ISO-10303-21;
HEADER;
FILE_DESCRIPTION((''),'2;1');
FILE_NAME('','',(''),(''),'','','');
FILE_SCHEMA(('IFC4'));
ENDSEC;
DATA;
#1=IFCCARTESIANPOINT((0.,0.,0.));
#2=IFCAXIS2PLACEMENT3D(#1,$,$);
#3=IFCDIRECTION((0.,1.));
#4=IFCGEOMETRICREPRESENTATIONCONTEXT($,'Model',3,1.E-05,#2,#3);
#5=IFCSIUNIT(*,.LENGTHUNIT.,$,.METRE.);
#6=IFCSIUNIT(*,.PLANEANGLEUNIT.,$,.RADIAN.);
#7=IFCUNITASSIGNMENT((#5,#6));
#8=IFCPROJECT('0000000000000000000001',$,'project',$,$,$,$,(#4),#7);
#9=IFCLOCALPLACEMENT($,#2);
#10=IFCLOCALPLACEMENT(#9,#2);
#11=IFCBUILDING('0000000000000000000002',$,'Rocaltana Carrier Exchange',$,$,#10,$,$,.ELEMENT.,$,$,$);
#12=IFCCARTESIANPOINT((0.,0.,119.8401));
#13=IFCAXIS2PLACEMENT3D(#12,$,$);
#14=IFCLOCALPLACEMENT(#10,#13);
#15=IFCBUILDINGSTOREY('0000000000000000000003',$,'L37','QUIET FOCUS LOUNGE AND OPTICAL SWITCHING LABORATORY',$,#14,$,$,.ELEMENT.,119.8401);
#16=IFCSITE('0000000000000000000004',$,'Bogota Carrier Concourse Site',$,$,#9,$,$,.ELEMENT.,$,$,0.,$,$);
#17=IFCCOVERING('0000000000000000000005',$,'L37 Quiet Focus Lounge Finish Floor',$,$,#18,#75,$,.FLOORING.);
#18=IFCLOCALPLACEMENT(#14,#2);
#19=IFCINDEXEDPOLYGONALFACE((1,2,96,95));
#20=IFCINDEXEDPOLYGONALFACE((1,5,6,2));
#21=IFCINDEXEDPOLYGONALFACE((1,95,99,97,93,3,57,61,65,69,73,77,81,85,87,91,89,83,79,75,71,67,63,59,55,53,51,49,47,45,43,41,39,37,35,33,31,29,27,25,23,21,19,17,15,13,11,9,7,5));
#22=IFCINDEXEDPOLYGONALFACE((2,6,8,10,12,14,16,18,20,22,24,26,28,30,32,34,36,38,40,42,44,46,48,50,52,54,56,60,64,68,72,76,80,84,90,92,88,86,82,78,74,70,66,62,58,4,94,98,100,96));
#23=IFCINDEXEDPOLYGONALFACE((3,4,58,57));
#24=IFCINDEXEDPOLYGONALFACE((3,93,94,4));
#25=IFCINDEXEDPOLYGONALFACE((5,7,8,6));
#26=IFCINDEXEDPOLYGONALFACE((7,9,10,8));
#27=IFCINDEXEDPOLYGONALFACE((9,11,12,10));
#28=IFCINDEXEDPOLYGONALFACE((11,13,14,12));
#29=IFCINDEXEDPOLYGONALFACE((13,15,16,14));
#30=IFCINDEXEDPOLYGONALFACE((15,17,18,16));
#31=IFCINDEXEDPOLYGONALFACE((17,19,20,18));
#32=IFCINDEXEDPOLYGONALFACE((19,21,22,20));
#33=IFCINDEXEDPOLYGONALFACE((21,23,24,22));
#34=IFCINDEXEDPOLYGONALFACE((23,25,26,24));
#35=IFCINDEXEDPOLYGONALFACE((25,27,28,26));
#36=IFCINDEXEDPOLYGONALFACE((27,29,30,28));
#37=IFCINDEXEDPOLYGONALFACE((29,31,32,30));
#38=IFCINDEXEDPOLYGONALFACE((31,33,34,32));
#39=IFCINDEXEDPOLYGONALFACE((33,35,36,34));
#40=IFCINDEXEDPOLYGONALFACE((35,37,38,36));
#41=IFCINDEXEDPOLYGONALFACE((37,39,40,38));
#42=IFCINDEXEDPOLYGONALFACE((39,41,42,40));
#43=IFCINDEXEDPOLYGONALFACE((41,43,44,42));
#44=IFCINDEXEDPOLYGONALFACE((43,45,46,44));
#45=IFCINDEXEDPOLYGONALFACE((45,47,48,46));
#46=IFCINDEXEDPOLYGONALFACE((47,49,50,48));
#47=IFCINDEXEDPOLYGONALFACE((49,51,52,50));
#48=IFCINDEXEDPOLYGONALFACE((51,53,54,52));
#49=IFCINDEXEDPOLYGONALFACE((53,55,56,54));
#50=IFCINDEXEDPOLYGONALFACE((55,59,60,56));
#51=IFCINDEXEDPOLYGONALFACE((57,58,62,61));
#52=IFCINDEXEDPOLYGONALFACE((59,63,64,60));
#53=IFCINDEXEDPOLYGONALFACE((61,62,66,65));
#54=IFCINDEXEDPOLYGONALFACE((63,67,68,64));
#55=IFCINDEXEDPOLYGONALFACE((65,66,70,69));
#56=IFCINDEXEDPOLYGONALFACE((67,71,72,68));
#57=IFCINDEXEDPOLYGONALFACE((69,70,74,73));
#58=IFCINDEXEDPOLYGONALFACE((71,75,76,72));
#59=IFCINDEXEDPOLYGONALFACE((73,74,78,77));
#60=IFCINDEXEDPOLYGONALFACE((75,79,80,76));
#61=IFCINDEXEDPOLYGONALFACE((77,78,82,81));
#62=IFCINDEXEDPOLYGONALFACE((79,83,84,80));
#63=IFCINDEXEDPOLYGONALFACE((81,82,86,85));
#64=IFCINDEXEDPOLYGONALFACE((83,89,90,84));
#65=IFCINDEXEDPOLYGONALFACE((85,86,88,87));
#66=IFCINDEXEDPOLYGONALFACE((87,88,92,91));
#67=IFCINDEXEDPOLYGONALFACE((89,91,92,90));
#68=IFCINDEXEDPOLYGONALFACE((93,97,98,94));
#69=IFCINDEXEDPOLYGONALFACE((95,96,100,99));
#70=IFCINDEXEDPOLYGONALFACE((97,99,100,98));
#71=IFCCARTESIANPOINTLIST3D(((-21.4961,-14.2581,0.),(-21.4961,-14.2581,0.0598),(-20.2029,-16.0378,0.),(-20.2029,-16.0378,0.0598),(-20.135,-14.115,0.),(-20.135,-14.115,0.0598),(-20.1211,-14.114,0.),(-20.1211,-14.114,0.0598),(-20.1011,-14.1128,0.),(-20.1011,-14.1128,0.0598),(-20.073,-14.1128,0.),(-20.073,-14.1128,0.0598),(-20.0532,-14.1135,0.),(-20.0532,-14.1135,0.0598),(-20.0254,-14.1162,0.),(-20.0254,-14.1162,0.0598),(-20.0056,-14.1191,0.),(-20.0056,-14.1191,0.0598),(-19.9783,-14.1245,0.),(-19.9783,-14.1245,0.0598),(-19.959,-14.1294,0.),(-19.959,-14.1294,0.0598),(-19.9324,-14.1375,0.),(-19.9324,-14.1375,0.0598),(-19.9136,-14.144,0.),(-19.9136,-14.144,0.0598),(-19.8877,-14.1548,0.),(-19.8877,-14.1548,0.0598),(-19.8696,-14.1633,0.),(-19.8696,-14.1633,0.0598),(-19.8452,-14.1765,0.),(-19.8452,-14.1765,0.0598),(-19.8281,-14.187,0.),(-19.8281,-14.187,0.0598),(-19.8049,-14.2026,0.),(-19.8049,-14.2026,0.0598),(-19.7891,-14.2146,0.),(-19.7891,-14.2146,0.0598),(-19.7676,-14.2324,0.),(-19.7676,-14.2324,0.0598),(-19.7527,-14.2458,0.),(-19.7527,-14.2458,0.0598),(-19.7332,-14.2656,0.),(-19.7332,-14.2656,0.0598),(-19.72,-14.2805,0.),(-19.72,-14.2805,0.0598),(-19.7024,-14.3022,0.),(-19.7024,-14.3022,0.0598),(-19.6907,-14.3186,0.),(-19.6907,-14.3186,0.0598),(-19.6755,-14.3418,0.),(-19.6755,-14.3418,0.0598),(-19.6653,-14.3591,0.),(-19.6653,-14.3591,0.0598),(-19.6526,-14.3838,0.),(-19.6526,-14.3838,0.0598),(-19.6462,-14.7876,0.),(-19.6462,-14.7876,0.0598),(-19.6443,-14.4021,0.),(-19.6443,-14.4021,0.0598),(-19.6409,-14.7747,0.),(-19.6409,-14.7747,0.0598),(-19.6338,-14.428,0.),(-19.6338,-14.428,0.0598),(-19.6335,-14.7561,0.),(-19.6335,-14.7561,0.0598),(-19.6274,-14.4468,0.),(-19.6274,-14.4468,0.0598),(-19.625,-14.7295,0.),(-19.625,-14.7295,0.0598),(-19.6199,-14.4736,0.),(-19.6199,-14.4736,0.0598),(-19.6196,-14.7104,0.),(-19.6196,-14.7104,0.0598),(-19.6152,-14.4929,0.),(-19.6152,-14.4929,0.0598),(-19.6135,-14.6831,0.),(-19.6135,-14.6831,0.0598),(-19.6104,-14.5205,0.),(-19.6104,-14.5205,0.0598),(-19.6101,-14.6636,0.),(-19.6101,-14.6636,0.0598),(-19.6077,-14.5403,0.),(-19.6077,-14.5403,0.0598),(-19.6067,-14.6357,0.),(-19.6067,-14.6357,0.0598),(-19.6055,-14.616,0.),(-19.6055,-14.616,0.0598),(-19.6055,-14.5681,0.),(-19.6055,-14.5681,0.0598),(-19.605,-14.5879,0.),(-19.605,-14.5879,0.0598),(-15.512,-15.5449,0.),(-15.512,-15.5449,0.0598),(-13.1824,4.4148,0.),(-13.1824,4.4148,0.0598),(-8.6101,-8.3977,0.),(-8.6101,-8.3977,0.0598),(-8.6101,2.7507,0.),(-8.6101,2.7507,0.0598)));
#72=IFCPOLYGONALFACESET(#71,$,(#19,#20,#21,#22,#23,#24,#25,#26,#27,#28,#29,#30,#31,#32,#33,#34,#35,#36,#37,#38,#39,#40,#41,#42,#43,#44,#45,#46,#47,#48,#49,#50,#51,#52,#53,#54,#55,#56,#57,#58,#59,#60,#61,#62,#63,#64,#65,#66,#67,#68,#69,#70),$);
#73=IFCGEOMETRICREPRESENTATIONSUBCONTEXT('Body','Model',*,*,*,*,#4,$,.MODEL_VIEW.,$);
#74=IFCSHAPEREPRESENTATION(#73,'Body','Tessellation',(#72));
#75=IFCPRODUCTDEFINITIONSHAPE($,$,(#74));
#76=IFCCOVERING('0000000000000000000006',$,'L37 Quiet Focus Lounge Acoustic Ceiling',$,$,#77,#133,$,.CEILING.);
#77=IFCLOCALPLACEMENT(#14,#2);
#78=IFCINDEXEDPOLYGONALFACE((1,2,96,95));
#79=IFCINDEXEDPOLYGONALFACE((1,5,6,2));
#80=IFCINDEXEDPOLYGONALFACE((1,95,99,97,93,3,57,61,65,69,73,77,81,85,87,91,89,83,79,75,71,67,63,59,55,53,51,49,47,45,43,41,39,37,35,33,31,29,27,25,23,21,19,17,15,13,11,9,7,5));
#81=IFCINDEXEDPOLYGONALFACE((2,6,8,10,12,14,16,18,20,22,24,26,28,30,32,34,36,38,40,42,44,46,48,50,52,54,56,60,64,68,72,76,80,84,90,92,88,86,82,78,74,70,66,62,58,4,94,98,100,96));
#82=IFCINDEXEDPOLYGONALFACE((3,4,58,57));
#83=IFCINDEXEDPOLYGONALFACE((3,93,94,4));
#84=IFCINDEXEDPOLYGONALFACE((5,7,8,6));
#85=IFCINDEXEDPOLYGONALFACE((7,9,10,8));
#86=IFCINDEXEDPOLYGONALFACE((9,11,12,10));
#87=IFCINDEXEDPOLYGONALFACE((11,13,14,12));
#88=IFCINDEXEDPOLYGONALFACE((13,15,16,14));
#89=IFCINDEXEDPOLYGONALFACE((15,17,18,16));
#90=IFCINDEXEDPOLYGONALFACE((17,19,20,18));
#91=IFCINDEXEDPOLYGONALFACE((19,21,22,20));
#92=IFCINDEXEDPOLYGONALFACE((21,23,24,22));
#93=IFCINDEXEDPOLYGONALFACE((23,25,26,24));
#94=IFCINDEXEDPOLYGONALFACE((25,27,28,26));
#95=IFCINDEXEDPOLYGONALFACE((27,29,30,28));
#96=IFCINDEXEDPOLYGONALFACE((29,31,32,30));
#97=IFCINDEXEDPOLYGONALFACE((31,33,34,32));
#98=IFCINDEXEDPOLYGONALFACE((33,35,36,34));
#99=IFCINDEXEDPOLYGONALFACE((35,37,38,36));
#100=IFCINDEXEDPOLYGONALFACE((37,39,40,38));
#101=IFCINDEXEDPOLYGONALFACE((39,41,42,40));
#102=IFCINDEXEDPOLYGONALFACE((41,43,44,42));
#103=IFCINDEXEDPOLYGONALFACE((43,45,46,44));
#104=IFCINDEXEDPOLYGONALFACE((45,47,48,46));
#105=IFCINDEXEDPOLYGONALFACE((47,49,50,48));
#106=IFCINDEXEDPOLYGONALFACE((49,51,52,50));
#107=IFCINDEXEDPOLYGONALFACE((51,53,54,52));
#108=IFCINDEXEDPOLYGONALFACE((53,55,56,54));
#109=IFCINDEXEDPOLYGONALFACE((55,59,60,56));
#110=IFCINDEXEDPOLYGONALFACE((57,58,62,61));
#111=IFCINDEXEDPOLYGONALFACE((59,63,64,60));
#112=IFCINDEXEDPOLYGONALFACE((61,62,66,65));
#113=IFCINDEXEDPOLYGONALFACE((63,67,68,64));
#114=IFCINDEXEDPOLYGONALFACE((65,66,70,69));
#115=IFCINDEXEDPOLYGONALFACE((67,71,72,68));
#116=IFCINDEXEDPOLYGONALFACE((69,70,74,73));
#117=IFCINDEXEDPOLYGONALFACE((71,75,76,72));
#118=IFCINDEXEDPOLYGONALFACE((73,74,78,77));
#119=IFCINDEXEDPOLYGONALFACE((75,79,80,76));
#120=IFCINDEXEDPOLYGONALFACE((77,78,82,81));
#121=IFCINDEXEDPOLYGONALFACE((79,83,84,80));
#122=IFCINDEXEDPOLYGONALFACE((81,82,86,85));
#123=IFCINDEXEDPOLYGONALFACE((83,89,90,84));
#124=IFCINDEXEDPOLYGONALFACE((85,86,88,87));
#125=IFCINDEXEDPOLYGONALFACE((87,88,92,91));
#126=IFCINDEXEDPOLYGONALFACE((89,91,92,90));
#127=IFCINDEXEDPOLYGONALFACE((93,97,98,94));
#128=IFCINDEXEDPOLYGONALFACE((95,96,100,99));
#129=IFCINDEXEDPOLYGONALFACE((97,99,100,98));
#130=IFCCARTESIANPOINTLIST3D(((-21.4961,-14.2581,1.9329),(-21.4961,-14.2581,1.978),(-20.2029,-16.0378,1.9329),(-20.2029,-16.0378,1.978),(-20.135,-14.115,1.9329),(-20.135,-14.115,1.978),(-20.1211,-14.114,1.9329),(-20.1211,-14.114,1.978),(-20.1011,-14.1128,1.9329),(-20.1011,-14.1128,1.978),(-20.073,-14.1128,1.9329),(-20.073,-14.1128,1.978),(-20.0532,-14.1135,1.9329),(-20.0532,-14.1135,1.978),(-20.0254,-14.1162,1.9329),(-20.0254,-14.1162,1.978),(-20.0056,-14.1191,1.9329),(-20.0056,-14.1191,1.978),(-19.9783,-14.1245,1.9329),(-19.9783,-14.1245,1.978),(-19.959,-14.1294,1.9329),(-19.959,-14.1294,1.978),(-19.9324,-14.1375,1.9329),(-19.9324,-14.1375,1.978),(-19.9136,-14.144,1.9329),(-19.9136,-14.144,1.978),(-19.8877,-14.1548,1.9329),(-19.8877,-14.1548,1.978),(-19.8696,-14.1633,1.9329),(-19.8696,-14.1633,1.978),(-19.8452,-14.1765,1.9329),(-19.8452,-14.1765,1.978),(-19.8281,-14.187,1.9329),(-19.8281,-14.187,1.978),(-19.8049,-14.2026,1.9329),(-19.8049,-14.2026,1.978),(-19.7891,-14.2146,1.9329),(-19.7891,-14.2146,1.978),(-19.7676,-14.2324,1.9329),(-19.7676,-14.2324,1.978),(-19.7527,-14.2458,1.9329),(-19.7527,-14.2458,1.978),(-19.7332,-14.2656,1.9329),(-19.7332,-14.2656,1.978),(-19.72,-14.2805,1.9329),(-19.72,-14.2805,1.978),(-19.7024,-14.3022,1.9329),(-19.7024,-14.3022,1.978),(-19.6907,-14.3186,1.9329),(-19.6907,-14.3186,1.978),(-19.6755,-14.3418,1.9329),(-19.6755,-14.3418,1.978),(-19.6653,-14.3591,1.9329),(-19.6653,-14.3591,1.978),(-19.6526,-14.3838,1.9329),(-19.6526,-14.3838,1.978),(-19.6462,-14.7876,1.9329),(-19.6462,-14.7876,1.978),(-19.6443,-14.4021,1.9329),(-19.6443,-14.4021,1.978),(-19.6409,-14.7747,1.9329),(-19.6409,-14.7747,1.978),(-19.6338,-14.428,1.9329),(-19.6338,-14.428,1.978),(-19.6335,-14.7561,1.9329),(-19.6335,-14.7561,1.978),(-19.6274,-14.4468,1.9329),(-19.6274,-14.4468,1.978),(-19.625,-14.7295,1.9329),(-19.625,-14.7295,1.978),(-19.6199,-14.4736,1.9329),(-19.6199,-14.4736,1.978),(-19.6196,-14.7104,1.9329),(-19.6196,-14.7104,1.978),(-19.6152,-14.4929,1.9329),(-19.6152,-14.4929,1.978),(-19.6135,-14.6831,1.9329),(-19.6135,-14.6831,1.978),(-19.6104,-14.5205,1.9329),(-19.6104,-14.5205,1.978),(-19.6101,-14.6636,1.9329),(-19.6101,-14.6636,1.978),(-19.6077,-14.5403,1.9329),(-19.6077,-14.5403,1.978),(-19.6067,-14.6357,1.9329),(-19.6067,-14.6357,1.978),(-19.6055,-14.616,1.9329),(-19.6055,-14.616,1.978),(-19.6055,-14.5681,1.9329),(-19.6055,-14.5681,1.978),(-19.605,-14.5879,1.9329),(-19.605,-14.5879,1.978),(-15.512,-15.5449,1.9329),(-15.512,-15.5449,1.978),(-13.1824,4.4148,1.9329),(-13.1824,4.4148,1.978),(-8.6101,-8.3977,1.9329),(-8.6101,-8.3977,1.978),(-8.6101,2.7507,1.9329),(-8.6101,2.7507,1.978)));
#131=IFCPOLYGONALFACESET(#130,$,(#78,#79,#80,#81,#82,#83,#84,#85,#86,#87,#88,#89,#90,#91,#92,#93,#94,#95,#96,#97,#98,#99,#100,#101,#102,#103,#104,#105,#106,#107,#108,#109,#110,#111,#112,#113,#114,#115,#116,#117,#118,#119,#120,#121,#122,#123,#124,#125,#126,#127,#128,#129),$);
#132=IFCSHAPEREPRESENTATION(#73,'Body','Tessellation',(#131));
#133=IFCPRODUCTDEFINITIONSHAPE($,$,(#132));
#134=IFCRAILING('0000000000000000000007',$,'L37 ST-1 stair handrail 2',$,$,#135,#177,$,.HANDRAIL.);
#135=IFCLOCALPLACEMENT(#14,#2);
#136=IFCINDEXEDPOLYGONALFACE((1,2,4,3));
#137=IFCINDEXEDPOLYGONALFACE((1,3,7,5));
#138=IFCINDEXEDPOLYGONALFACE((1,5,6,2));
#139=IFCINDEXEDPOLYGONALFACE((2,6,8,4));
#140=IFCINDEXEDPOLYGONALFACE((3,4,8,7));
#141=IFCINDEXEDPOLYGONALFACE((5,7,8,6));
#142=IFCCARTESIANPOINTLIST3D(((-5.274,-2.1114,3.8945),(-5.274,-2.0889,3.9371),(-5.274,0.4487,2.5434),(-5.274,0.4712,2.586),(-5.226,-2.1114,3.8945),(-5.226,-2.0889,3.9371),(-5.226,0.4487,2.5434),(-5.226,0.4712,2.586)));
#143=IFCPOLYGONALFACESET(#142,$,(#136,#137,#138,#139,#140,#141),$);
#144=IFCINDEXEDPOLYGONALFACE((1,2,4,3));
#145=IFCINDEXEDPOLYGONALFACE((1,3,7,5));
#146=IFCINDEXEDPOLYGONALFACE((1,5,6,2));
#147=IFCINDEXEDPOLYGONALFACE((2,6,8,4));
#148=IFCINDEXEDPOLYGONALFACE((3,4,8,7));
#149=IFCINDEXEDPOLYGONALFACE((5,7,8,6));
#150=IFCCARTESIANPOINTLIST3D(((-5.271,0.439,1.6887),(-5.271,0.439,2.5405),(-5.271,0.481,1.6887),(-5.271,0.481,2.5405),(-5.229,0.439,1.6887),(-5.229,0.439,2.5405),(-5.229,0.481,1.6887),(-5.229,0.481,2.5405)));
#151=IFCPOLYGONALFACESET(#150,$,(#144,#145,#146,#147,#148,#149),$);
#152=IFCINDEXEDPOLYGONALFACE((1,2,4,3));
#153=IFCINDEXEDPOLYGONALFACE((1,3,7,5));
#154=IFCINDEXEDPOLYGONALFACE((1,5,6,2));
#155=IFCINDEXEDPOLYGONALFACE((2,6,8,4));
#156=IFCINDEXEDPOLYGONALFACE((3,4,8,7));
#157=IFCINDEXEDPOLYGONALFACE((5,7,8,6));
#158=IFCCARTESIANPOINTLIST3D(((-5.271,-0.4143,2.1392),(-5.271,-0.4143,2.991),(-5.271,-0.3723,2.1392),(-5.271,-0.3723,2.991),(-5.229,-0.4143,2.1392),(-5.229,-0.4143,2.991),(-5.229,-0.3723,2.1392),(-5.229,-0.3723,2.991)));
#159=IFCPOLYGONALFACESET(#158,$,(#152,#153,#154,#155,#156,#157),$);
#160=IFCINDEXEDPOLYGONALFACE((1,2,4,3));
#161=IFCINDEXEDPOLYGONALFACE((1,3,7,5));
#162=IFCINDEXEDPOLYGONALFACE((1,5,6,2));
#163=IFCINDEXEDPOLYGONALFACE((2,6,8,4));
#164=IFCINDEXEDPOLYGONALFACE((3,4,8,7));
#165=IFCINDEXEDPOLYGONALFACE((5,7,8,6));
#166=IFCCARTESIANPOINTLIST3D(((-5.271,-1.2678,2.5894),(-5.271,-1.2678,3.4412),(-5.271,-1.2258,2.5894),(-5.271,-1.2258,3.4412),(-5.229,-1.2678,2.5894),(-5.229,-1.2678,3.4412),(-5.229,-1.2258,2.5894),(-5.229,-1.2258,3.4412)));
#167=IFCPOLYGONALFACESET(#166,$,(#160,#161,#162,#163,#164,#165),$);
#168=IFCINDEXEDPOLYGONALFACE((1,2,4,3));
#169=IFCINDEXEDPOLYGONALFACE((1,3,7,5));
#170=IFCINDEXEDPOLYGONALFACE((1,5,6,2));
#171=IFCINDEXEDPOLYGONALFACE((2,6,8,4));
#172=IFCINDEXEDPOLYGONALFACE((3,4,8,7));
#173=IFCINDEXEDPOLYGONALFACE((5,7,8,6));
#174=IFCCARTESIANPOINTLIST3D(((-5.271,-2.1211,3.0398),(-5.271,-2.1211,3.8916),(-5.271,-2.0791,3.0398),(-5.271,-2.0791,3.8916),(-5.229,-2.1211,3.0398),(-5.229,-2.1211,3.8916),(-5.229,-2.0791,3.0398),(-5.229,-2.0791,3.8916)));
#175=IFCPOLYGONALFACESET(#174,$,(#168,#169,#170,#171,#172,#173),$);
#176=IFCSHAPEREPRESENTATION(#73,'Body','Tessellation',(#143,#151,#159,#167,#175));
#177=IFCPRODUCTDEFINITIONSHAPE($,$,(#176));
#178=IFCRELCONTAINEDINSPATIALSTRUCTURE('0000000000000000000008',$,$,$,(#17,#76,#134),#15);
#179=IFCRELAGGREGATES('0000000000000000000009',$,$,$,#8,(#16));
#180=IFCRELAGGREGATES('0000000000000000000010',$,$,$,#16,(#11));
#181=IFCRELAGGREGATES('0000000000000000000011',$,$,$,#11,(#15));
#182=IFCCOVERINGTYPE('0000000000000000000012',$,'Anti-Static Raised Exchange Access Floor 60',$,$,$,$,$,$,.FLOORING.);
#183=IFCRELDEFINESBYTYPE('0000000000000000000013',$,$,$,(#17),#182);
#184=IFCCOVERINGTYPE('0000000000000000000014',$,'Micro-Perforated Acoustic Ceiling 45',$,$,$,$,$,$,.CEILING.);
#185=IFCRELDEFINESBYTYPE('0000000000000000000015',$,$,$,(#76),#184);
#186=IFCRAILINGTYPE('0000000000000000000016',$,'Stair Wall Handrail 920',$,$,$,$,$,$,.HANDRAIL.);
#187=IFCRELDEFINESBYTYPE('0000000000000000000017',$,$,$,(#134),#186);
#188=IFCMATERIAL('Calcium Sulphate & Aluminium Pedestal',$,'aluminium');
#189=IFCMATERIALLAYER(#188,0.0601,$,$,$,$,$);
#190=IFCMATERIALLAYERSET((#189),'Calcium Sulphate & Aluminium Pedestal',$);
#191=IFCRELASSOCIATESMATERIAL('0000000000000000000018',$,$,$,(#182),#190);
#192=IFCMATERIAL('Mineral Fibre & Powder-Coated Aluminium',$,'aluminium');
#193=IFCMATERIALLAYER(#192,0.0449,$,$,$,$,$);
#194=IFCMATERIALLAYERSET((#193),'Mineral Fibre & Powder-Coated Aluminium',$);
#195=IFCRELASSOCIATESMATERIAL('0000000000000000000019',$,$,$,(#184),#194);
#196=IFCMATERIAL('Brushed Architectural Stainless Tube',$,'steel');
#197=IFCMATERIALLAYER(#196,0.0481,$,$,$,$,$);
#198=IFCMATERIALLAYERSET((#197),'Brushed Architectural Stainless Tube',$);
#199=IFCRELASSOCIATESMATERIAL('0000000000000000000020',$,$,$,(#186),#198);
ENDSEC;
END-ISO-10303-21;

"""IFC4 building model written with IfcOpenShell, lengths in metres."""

from ifc_helpers import new_model, si_unit, direction, frame, origin, origin_2d, place, context, subcontext, project, spatial, polyline, rectangle, outline, extrude, material, layer, layer_set, type_object, element, save


model = new_model("IFC4")

# Units and contexts
model_context = context("Model", 3, precision=1e-05, world=origin(), true_north=direction((0.0, 1.0)))
body_context = subcontext(model_context, "Body", "Model", "MODEL_VIEW")
ifc_project = project(units=[si_unit("LENGTHUNIT", "METRE"), si_unit("PLANEANGLEUNIT", "RADIAN")], contexts=[model_context])

# Site, building, storey
site_placement = place(None, origin())
site = spatial("IfcSite", under=ifc_project, at=site_placement, Name="Bogota Carrier Concourse Site", CompositionType="ELEMENT", RefElevation=0.0)
building_placement = place(site_placement, origin())
building = spatial("IfcBuilding", under=site, at=building_placement, Name="Rocaltana Carrier Exchange", CompositionType="ELEMENT")
storey_placement = place(building_placement, frame((0.0, 0.0, 119.8401)))
storey = spatial("IfcBuildingStorey", under=building, at=storey_placement, Name="L37", Description="QUIET FOCUS LOUNGE AND OPTICAL SWITCHING LABORATORY", CompositionType="ELEMENT", Elevation=119.8401)

# Coverings
ifc_material_1 = material(Name="Calcium Sulphate & Aluminium Pedestal", Category="aluminium")
ifc_layer_1 = layer(ifc_material_1, 0.0601)
ifc_layer_set_1 = layer_set([ifc_layer_1], Name="Calcium Sulphate & Aluminium Pedestal")
covering_type_1 = type_object("IfcCoveringType", Name="Anti-Static Raised Exchange Access Floor 60", PredefinedType="FLOORING", material=ifc_layer_set_1)
covering_1_placement = place(storey_placement, origin())
element("IfcCovering", 1, at=covering_1_placement, inside=storey, type_object=covering_type_1, Name="L37 Quiet Focus Lounge Finish Floor", PredefinedType="FLOORING", context=body_context, shape_type="SweptSolid", body=[
    extrude(outline(polyline([(-19.6462, -14.7876), (-19.6409, -14.7747), (-19.6335, -14.7561), (-19.625, -14.7295), (-19.6196, -14.7104), (-19.6135, -14.6831), (-19.6101, -14.6636), (-19.6067, -14.6357), (-19.6055, -14.616), (-19.605, -14.5879), (-19.6055, -14.5681), (-19.6077, -14.5403), (-19.6104, -14.5205), (-19.6152, -14.4929), (-19.6199, -14.4736), (-19.6274, -14.4468), (-19.6338, -14.428), (-19.6443, -14.4021), (-19.6526, -14.3838), (-19.6653, -14.3591), (-19.6755, -14.3418), (-19.6907, -14.3186), (-19.7024, -14.3022), (-19.72, -14.2805), (-19.7332, -14.2656), (-19.7527, -14.2458), (-19.7676, -14.2324), (-19.7891, -14.2146), (-19.8049, -14.2026), (-19.8281, -14.187), (-19.8452, -14.1765), (-19.8696, -14.1633), (-19.8877, -14.1548), (-19.9136, -14.144), (-19.9324, -14.1375), (-19.959, -14.1294), (-19.9783, -14.1245), (-20.0056, -14.1191), (-20.0254, -14.1162), (-20.0532, -14.1135), (-20.073, -14.1128), (-20.1011, -14.1128), (-20.1211, -14.114), (-20.135, -14.115), (-21.4961, -14.2581), (-13.1824, 4.4148), (-8.6101, 2.7507), (-8.6101, -8.3977), (-15.512, -15.5449), (-20.2029, -16.0378), (-19.6462, -14.7876)])), origin(), (0.0, 0.0, 1.0), 0.0598),
])
ifc_material_2 = material(Name="Mineral Fibre & Powder-Coated Aluminium", Category="aluminium")
ifc_layer_2 = layer(ifc_material_2, 0.0449)
ifc_layer_set_2 = layer_set([ifc_layer_2], Name="Mineral Fibre & Powder-Coated Aluminium")
covering_type_2 = type_object("IfcCoveringType", Name="Micro-Perforated Acoustic Ceiling 45", PredefinedType="CEILING", material=ifc_layer_set_2)
covering_2_placement = place(storey_placement, frame((0.0, 0.0, 1.9329)))
element("IfcCovering", 2, at=covering_2_placement, inside=storey, type_object=covering_type_2, Name="L37 Quiet Focus Lounge Acoustic Ceiling", PredefinedType="CEILING", context=body_context, shape_type="SweptSolid", body=[
    extrude(outline(polyline([(-19.6462, -14.7876), (-19.6409, -14.7747), (-19.6335, -14.7561), (-19.625, -14.7295), (-19.6196, -14.7104), (-19.6135, -14.6831), (-19.6101, -14.6636), (-19.6067, -14.6357), (-19.6055, -14.616), (-19.605, -14.5879), (-19.6055, -14.5681), (-19.6077, -14.5403), (-19.6104, -14.5205), (-19.6152, -14.4929), (-19.6199, -14.4736), (-19.6274, -14.4468), (-19.6338, -14.428), (-19.6443, -14.4021), (-19.6526, -14.3838), (-19.6653, -14.3591), (-19.6755, -14.3418), (-19.6907, -14.3186), (-19.7024, -14.3022), (-19.72, -14.2805), (-19.7332, -14.2656), (-19.7527, -14.2458), (-19.7676, -14.2324), (-19.7891, -14.2146), (-19.8049, -14.2026), (-19.8281, -14.187), (-19.8452, -14.1765), (-19.8696, -14.1633), (-19.8877, -14.1548), (-19.9136, -14.144), (-19.9324, -14.1375), (-19.959, -14.1294), (-19.9783, -14.1245), (-20.0056, -14.1191), (-20.0254, -14.1162), (-20.0532, -14.1135), (-20.073, -14.1128), (-20.1011, -14.1128), (-20.1211, -14.114), (-20.135, -14.115), (-21.4961, -14.2581), (-13.1824, 4.4148), (-8.6101, 2.7507), (-8.6101, -8.3977), (-15.512, -15.5449), (-20.2029, -16.0378), (-19.6462, -14.7876)])), origin(), (0.0, 0.0, 1.0), 0.0452),
])

# Railing
ifc_material_3 = material(Name="Brushed Architectural Stainless Tube", Category="steel")
ifc_layer_3 = layer(ifc_material_3, 0.0481)
ifc_layer_set_3 = layer_set([ifc_layer_3], Name="Brushed Architectural Stainless Tube")
railing_type_1 = type_object("IfcRailingType", Name="Stair Wall Handrail 920", PredefinedType="HANDRAIL", material=ifc_layer_set_3)
railing_1_placement = place(storey_placement, frame((-5.25, 0.46, 1.6887)))
element("IfcRailing", 3, at=railing_1_placement, inside=storey, type_object=railing_type_1, Name="L37 ST-1 stair handrail 2", PredefinedType="HANDRAIL", context=body_context, shape_type="SweptSolid", body=[
    extrude(rectangle(XDim=0.0481, YDim=0.0481, at=origin_2d()), frame((0.0, 0.0, 0.876), z_axis=(0.0, -0.884394, 0.46674), x_axis=(1.0, 0.0, 0.0)), (0.0, 0.0, 1.0), 2.8948),
    extrude(rectangle(XDim=0.042, YDim=0.042, at=origin_2d()), origin(), (0.0, 0.0, 1.0), 0.8518),
    extrude(rectangle(XDim=0.042, YDim=0.042, at=origin_2d()), frame((0.0, -0.8533, 0.4504)), (0.0, 0.0, 1.0), 0.8518),
    extrude(rectangle(XDim=0.042, YDim=0.042, at=origin_2d()), frame((0.0, -1.7068, 0.9006)), (0.0, 0.0, 1.0), 0.8518),
    extrude(rectangle(XDim=0.042, YDim=0.042, at=origin_2d()), frame((0.0, -2.5601, 1.3511)), (0.0, 0.0, 1.0), 0.8518),
])

save(model, "model.ifc")
